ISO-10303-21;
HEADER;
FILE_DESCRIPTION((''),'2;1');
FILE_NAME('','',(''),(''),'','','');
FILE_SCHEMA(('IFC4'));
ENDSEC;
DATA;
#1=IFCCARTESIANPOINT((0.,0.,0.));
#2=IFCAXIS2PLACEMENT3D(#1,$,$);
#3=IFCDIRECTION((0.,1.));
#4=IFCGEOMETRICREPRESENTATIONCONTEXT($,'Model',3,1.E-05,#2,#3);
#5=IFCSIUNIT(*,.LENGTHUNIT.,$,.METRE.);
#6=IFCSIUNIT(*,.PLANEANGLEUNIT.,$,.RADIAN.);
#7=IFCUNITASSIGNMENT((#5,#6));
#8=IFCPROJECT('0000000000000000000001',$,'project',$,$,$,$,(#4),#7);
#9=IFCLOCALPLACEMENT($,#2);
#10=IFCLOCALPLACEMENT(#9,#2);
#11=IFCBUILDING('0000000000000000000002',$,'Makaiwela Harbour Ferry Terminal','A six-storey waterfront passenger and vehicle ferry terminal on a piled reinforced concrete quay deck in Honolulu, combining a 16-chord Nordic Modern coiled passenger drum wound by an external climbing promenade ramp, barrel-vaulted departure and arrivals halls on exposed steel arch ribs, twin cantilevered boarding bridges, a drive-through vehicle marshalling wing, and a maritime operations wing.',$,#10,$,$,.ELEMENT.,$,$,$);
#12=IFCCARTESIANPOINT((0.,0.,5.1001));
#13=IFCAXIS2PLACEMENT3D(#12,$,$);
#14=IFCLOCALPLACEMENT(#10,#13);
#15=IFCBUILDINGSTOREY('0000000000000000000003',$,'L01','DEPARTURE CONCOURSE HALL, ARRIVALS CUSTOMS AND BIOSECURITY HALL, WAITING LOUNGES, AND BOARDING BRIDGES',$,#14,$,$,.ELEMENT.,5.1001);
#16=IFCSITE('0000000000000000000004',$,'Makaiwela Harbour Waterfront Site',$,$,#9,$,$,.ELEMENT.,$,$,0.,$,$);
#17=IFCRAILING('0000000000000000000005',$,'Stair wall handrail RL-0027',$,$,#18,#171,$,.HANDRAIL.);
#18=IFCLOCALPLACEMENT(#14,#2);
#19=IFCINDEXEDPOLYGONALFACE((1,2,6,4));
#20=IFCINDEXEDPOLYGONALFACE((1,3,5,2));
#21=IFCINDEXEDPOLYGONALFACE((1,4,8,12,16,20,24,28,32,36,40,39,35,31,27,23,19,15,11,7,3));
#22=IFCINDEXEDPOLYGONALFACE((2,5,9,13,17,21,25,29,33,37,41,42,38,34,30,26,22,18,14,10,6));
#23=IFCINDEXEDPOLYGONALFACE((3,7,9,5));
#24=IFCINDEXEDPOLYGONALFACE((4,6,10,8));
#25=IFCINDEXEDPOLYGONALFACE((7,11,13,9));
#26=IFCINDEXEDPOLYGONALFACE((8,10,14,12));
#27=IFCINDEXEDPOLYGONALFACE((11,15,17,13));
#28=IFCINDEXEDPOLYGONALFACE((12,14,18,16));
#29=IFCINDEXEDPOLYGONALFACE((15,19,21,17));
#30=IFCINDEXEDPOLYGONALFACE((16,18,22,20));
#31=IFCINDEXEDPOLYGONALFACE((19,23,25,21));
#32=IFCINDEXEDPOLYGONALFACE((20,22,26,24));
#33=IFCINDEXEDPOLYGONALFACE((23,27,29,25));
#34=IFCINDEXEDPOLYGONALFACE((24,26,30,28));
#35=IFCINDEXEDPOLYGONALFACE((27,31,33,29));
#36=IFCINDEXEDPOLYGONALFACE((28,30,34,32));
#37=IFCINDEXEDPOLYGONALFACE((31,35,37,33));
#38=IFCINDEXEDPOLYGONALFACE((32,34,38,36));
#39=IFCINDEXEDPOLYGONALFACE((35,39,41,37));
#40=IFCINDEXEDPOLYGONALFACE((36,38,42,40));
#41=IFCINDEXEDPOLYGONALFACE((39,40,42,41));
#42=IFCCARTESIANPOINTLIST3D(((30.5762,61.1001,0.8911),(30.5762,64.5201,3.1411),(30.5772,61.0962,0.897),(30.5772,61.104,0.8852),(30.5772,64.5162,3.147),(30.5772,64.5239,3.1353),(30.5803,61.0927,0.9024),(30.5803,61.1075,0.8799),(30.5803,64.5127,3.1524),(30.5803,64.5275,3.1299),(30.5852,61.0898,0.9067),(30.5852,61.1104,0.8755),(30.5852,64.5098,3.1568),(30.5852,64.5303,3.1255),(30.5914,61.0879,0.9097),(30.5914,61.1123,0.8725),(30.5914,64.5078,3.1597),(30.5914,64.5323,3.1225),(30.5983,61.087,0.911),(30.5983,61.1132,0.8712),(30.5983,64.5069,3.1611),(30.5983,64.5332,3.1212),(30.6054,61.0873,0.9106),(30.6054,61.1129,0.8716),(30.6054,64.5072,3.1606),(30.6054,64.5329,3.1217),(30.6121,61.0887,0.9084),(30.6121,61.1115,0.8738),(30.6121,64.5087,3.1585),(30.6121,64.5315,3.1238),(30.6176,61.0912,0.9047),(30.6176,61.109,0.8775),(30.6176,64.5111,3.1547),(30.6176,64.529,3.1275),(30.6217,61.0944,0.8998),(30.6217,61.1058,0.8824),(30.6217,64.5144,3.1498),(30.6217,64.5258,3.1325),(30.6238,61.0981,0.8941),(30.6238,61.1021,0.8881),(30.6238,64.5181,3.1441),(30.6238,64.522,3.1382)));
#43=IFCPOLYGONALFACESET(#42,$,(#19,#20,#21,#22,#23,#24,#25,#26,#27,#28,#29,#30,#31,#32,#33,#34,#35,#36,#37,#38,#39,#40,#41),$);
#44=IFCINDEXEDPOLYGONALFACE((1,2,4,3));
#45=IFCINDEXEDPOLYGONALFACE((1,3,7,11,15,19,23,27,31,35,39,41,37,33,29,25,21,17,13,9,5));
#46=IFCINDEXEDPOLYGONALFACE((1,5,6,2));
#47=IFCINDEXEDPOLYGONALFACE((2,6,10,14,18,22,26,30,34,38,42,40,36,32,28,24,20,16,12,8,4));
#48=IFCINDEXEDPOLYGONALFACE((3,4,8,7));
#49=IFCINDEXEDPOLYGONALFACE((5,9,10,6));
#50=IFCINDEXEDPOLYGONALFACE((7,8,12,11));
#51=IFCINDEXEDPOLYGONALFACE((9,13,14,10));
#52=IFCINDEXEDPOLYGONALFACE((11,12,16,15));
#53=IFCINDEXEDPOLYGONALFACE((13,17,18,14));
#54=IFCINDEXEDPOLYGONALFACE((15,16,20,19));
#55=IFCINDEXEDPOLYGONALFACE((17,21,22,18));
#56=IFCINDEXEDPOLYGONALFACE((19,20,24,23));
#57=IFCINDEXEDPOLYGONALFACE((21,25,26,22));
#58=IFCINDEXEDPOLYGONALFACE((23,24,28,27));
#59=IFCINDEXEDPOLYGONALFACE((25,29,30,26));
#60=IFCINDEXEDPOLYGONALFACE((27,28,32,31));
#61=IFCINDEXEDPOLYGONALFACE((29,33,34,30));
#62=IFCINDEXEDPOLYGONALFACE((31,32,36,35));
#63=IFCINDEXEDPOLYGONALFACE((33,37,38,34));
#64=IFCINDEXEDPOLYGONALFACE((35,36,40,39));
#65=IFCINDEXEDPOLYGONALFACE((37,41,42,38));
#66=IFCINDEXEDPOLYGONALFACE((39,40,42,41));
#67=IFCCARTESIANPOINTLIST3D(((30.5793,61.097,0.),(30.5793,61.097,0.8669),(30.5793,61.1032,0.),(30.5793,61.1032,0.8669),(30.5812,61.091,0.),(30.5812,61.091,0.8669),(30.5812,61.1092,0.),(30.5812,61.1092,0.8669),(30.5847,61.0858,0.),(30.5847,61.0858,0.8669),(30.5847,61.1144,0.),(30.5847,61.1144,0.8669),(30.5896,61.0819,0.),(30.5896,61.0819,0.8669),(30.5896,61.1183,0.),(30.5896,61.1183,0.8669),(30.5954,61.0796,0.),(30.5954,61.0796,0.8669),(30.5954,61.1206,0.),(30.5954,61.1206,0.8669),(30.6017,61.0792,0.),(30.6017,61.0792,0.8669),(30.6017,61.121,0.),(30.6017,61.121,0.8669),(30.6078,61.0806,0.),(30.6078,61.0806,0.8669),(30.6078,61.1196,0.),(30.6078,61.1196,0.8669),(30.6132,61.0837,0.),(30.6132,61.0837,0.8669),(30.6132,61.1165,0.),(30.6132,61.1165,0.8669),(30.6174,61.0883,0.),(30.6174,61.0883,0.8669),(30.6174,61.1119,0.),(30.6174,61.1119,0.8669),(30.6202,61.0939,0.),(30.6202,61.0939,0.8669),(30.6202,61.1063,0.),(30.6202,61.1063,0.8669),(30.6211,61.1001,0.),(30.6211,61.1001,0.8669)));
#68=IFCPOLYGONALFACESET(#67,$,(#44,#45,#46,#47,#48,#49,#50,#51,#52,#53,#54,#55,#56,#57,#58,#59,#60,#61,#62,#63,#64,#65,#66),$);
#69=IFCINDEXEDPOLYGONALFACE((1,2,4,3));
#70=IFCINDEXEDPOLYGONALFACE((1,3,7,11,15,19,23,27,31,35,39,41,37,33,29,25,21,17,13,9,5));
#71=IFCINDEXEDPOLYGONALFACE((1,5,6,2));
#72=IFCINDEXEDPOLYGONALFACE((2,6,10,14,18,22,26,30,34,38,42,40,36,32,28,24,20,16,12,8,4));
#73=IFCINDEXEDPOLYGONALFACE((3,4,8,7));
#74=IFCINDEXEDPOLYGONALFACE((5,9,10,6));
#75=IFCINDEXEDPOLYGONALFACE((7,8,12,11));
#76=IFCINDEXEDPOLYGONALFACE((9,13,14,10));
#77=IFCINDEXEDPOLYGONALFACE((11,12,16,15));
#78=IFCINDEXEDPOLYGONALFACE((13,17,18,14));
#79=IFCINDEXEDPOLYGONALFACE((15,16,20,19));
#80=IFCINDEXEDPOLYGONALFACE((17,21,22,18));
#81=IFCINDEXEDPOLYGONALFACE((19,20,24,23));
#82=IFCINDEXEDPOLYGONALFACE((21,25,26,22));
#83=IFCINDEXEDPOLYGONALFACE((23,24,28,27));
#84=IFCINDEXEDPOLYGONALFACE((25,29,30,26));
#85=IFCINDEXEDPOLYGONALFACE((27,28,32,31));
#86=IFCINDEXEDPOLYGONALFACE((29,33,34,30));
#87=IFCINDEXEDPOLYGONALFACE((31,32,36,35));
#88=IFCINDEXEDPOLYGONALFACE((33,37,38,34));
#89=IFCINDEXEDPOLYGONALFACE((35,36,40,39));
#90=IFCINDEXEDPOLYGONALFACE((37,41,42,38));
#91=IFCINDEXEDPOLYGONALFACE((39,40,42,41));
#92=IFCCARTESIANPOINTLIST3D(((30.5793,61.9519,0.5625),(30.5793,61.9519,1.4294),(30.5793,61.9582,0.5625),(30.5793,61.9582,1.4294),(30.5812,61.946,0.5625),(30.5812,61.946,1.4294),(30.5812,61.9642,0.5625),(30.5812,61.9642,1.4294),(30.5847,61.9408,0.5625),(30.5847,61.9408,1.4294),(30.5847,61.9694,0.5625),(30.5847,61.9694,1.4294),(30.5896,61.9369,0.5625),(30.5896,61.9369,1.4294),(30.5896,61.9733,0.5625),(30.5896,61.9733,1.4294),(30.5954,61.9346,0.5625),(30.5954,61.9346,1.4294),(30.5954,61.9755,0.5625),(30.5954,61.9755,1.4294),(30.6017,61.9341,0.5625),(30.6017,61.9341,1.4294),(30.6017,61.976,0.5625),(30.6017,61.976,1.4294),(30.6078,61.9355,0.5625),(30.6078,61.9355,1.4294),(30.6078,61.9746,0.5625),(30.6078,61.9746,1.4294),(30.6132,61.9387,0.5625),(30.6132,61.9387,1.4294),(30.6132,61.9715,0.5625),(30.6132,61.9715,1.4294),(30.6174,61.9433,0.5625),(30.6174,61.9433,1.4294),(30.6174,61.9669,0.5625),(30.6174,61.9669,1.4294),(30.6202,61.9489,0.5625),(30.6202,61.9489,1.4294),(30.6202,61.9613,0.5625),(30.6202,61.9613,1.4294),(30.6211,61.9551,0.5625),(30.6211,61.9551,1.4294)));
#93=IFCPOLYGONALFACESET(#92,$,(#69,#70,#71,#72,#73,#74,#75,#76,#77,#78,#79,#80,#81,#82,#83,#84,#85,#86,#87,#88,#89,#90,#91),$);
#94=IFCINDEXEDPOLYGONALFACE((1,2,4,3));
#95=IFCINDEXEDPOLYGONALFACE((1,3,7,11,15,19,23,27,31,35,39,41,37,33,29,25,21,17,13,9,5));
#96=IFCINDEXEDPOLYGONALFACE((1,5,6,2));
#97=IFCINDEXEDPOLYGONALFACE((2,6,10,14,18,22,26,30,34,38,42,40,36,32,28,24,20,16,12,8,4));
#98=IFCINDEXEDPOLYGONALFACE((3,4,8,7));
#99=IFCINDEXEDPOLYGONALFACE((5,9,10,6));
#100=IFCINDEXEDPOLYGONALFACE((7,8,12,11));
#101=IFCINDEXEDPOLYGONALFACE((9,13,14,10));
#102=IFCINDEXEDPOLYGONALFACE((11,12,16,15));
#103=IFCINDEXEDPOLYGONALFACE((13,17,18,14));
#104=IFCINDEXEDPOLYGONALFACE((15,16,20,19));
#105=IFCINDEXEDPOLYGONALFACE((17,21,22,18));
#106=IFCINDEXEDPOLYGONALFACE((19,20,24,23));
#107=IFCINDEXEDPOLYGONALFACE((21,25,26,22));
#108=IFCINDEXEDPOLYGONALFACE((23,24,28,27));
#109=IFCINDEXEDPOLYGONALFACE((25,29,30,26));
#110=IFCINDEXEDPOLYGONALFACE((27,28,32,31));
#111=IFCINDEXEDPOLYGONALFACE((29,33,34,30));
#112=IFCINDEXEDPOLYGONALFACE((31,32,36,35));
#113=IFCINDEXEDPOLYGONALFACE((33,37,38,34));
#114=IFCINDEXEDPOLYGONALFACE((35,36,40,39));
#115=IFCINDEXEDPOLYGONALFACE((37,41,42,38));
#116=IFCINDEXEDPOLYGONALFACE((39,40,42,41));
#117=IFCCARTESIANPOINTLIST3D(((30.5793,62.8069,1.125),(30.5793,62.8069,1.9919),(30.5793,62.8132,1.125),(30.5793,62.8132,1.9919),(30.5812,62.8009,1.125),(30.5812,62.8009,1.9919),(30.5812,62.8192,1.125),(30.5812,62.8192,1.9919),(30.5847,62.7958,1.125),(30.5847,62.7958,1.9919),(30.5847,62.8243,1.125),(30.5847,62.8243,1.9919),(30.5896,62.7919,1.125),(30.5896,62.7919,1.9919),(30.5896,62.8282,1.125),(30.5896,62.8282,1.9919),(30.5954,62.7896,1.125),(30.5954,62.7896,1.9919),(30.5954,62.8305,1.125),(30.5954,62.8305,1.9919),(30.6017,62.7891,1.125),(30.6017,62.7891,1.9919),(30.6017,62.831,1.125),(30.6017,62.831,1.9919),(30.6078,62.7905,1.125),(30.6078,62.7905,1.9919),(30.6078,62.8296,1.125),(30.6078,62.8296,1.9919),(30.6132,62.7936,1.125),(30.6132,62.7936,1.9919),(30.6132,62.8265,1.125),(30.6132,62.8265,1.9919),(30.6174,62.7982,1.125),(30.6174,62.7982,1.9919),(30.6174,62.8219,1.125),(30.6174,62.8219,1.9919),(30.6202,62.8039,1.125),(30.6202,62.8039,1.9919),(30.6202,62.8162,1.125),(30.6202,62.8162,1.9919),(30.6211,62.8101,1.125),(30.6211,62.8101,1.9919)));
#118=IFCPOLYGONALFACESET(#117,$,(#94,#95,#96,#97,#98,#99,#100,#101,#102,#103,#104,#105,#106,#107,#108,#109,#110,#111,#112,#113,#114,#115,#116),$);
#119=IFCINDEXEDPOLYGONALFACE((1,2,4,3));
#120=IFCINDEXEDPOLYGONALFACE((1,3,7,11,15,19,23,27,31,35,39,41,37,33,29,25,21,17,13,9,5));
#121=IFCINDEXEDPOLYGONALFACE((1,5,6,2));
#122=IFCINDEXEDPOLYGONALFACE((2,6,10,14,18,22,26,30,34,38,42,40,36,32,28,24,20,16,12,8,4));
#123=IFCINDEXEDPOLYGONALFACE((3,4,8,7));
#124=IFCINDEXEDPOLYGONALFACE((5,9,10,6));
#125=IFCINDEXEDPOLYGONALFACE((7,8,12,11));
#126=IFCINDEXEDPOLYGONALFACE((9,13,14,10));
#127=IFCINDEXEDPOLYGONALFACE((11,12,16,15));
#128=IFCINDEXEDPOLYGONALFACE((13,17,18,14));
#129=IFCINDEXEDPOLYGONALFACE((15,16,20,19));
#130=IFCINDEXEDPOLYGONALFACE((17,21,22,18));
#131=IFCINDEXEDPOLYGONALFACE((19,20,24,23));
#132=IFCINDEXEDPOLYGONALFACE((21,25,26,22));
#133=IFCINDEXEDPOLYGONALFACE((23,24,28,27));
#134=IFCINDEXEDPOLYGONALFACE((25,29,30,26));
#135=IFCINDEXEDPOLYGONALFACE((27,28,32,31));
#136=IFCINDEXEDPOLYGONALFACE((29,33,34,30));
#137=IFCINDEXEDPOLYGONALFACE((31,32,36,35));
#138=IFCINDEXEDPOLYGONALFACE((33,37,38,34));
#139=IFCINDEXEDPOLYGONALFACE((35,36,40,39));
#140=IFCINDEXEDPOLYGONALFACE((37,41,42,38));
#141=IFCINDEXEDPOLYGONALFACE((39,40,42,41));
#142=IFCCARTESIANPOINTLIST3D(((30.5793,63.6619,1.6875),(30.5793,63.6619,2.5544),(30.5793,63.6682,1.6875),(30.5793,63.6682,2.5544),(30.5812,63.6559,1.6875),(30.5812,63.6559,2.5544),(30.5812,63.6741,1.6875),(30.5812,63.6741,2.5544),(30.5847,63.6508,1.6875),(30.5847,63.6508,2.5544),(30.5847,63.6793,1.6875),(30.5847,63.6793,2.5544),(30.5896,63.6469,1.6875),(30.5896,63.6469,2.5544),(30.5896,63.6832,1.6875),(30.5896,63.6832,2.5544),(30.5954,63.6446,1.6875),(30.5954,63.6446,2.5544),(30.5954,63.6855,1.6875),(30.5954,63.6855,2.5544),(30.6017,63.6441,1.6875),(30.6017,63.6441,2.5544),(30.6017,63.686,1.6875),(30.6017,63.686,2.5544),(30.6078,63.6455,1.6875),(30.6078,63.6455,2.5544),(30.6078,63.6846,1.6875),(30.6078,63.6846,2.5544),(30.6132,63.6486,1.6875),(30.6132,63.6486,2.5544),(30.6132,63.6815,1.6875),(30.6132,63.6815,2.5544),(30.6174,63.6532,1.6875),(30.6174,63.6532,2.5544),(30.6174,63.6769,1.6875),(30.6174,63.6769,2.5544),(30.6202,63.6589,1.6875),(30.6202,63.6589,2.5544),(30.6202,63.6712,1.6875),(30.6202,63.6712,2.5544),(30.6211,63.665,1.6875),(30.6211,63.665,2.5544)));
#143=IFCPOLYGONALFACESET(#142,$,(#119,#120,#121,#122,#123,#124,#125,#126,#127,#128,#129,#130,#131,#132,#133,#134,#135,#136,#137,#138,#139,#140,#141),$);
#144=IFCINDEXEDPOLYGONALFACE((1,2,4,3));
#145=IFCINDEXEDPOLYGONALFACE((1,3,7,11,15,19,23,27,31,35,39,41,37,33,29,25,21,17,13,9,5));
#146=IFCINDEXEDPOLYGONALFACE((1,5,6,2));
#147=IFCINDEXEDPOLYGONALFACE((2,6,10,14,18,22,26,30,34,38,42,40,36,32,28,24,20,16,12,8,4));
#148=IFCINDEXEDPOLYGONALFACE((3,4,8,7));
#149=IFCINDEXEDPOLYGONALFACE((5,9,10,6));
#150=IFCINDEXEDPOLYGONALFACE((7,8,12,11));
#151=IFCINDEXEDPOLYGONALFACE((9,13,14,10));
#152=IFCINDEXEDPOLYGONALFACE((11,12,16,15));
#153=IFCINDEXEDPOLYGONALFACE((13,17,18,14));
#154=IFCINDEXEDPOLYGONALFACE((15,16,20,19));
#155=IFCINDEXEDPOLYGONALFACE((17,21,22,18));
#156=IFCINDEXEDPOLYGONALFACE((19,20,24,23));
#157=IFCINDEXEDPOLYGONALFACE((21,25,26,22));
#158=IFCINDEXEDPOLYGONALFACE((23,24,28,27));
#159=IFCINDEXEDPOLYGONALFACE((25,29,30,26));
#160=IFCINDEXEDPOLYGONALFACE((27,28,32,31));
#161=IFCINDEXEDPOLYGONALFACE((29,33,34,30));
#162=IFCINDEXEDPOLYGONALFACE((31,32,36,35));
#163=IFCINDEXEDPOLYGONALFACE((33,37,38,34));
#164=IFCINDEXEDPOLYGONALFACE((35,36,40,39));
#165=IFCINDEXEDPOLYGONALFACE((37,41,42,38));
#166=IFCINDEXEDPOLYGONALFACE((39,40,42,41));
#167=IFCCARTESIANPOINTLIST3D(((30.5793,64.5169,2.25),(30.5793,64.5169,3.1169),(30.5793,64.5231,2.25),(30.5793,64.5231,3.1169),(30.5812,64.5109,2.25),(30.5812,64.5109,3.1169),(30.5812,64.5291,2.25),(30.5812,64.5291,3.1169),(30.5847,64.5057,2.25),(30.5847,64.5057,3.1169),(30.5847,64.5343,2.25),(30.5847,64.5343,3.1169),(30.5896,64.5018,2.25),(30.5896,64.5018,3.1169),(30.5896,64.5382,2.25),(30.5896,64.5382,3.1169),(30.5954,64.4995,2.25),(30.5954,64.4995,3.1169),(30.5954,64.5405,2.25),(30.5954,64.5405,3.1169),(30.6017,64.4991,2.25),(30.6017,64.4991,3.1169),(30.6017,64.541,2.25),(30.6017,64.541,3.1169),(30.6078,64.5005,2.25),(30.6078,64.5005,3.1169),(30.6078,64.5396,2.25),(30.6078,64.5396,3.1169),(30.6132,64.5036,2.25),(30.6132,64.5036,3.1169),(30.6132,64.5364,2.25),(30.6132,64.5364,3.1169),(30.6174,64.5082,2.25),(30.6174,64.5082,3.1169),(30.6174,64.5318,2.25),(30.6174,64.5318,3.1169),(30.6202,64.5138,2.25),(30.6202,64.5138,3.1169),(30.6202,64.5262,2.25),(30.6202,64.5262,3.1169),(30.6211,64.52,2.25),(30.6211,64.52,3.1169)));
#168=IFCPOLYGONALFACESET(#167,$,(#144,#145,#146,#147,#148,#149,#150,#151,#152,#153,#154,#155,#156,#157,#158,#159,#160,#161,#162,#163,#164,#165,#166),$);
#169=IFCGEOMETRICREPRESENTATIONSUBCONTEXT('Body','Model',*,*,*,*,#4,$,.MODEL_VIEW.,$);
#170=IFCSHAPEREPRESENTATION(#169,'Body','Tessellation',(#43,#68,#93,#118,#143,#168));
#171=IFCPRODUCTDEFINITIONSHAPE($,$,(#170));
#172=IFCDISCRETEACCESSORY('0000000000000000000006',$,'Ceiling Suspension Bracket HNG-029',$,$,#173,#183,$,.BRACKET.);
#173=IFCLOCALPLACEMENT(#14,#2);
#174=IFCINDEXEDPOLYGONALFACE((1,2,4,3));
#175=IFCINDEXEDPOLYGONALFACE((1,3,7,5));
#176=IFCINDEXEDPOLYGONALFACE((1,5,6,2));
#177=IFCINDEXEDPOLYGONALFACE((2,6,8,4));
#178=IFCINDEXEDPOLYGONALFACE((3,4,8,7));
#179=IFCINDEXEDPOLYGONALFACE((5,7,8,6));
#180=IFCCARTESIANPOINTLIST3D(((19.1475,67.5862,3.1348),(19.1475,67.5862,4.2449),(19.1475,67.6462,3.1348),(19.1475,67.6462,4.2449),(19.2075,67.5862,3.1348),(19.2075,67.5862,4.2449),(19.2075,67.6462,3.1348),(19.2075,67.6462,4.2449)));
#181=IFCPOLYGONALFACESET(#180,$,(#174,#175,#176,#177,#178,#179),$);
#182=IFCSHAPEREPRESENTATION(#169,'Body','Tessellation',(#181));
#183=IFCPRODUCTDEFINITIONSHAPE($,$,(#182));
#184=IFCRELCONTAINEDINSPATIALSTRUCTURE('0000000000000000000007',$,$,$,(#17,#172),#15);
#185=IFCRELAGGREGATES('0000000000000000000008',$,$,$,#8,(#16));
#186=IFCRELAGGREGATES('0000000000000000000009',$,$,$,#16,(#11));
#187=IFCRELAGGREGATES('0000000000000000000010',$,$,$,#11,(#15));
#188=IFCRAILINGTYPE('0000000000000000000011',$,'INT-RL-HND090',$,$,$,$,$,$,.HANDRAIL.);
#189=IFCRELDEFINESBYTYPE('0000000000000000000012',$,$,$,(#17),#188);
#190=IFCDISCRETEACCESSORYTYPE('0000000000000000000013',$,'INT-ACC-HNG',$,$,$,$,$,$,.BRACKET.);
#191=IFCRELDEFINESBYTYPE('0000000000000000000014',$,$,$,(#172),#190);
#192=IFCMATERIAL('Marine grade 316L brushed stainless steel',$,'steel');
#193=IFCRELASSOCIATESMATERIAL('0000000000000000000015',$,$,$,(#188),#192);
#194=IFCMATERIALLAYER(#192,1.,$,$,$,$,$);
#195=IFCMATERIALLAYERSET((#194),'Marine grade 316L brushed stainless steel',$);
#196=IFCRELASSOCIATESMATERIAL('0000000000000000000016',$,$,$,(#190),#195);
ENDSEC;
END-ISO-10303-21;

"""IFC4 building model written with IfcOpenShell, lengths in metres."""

from ifc_helpers import new_model, si_unit, direction, frame, origin, origin_2d, place, context, subcontext, project, spatial, rectangle, circle, extrude, material, layer, layer_set, type_object, element, save


model = new_model("IFC4")

# Units and contexts
model_context = context("Model", 3, precision=1e-05, world=origin(), true_north=direction((0.0, 1.0)))
body_context = subcontext(model_context, "Body", "Model", "MODEL_VIEW")
ifc_project = project(units=[si_unit("LENGTHUNIT", "METRE"), si_unit("PLANEANGLEUNIT", "RADIAN")], contexts=[model_context])

# Site, building, storey
site_placement = place(None, origin())
site = spatial("IfcSite", under=ifc_project, at=site_placement, Name="Makaiwela Harbour Waterfront Site", CompositionType="ELEMENT", RefElevation=0.0)
building_placement = place(site_placement, origin())
building = spatial("IfcBuilding", under=site, at=building_placement, Name="Makaiwela Harbour Ferry Terminal", Description="A six-storey waterfront passenger and vehicle ferry terminal on a piled reinforced concrete quay deck in Honolulu, combining a 16-chord Nordic Modern coiled passenger drum wound by an external climbing promenade ramp, barrel-vaulted departure and arrivals halls on exposed steel arch ribs, twin cantilevered boarding bridges, a drive-through vehicle marshalling wing, and a maritime operations wing.", CompositionType="ELEMENT")
storey_placement = place(building_placement, frame((0.0, 0.0, 5.1001)))
storey = spatial("IfcBuildingStorey", under=building, at=storey_placement, Name="L01", Description="DEPARTURE CONCOURSE HALL, ARRIVALS CUSTOMS AND BIOSECURITY HALL, WAITING LOUNGES, AND BOARDING BRIDGES", CompositionType="ELEMENT", Elevation=5.1001)

# Shared definitions
ifc_material_1 = material(Name="Marine grade 316L brushed stainless steel", Category="steel")

# Railing
railing_type_1 = type_object("IfcRailingType", Name="INT-RL-HND090", PredefinedType="HANDRAIL", material=ifc_material_1)
railing_1_placement = place(storey_placement, frame((30.6001, 61.1001, 0.0)))
element("IfcRailing", 1, at=railing_1_placement, inside=storey, type_object=railing_type_1, Name="Stair wall handrail RL-0027", PredefinedType="HANDRAIL", context=body_context, shape_type="SweptSolid", body=[
    extrude(circle(Radius=0.0239, at=origin_2d()), frame((0.0, 0.0, 0.8911), z_axis=(0.0, 0.835411, 0.549625), x_axis=(-1.0, 0.0, 0.0)), (0.0, 0.0, 1.0), 4.0938),
    extrude(circle(Radius=0.021, at=origin_2d()), origin(), (0.0, 0.0, 1.0), 0.8669),
    extrude(circle(Radius=0.021, at=origin_2d()), frame((0.0, 0.855, 0.5625)), (0.0, 0.0, 1.0), 0.8669),
    extrude(circle(Radius=0.021, at=origin_2d()), frame((0.0, 1.71, 1.125)), (0.0, 0.0, 1.0), 0.8669),
    extrude(circle(Radius=0.021, at=origin_2d()), frame((0.0, 2.5649, 1.6875)), (0.0, 0.0, 1.0), 0.8669),
    extrude(circle(Radius=0.021, at=origin_2d()), frame((0.0, 3.4199, 2.25)), (0.0, 0.0, 1.0), 0.8669),
])

# Discrete accessory
ifc_layer_1 = layer(ifc_material_1, 1.0)
ifc_layer_set_1 = layer_set([ifc_layer_1], Name="Marine grade 316L brushed stainless steel")
discrete_accessory_type = type_object("IfcDiscreteAccessoryType", Name="INT-ACC-HNG", PredefinedType="BRACKET", material=ifc_layer_set_1)
discrete_accessory_placement = place(storey_placement, frame((19.1775, 67.6162, 3.1348), z_axis=(0.0, 0.0, 1.0), x_axis=(1.0, 0.0, 0.0)))
element("IfcDiscreteAccessory", 2, at=discrete_accessory_placement, inside=storey, type_object=discrete_accessory_type, Name="Ceiling Suspension Bracket HNG-029", PredefinedType="BRACKET", context=body_context, shape_type="SweptSolid", body=[
    extrude(rectangle(XDim=0.0601, YDim=0.0601, at=origin_2d()), origin(), (0.0, 0.0, 1.0), 1.1101),
])

save(model, "model.ifc")
